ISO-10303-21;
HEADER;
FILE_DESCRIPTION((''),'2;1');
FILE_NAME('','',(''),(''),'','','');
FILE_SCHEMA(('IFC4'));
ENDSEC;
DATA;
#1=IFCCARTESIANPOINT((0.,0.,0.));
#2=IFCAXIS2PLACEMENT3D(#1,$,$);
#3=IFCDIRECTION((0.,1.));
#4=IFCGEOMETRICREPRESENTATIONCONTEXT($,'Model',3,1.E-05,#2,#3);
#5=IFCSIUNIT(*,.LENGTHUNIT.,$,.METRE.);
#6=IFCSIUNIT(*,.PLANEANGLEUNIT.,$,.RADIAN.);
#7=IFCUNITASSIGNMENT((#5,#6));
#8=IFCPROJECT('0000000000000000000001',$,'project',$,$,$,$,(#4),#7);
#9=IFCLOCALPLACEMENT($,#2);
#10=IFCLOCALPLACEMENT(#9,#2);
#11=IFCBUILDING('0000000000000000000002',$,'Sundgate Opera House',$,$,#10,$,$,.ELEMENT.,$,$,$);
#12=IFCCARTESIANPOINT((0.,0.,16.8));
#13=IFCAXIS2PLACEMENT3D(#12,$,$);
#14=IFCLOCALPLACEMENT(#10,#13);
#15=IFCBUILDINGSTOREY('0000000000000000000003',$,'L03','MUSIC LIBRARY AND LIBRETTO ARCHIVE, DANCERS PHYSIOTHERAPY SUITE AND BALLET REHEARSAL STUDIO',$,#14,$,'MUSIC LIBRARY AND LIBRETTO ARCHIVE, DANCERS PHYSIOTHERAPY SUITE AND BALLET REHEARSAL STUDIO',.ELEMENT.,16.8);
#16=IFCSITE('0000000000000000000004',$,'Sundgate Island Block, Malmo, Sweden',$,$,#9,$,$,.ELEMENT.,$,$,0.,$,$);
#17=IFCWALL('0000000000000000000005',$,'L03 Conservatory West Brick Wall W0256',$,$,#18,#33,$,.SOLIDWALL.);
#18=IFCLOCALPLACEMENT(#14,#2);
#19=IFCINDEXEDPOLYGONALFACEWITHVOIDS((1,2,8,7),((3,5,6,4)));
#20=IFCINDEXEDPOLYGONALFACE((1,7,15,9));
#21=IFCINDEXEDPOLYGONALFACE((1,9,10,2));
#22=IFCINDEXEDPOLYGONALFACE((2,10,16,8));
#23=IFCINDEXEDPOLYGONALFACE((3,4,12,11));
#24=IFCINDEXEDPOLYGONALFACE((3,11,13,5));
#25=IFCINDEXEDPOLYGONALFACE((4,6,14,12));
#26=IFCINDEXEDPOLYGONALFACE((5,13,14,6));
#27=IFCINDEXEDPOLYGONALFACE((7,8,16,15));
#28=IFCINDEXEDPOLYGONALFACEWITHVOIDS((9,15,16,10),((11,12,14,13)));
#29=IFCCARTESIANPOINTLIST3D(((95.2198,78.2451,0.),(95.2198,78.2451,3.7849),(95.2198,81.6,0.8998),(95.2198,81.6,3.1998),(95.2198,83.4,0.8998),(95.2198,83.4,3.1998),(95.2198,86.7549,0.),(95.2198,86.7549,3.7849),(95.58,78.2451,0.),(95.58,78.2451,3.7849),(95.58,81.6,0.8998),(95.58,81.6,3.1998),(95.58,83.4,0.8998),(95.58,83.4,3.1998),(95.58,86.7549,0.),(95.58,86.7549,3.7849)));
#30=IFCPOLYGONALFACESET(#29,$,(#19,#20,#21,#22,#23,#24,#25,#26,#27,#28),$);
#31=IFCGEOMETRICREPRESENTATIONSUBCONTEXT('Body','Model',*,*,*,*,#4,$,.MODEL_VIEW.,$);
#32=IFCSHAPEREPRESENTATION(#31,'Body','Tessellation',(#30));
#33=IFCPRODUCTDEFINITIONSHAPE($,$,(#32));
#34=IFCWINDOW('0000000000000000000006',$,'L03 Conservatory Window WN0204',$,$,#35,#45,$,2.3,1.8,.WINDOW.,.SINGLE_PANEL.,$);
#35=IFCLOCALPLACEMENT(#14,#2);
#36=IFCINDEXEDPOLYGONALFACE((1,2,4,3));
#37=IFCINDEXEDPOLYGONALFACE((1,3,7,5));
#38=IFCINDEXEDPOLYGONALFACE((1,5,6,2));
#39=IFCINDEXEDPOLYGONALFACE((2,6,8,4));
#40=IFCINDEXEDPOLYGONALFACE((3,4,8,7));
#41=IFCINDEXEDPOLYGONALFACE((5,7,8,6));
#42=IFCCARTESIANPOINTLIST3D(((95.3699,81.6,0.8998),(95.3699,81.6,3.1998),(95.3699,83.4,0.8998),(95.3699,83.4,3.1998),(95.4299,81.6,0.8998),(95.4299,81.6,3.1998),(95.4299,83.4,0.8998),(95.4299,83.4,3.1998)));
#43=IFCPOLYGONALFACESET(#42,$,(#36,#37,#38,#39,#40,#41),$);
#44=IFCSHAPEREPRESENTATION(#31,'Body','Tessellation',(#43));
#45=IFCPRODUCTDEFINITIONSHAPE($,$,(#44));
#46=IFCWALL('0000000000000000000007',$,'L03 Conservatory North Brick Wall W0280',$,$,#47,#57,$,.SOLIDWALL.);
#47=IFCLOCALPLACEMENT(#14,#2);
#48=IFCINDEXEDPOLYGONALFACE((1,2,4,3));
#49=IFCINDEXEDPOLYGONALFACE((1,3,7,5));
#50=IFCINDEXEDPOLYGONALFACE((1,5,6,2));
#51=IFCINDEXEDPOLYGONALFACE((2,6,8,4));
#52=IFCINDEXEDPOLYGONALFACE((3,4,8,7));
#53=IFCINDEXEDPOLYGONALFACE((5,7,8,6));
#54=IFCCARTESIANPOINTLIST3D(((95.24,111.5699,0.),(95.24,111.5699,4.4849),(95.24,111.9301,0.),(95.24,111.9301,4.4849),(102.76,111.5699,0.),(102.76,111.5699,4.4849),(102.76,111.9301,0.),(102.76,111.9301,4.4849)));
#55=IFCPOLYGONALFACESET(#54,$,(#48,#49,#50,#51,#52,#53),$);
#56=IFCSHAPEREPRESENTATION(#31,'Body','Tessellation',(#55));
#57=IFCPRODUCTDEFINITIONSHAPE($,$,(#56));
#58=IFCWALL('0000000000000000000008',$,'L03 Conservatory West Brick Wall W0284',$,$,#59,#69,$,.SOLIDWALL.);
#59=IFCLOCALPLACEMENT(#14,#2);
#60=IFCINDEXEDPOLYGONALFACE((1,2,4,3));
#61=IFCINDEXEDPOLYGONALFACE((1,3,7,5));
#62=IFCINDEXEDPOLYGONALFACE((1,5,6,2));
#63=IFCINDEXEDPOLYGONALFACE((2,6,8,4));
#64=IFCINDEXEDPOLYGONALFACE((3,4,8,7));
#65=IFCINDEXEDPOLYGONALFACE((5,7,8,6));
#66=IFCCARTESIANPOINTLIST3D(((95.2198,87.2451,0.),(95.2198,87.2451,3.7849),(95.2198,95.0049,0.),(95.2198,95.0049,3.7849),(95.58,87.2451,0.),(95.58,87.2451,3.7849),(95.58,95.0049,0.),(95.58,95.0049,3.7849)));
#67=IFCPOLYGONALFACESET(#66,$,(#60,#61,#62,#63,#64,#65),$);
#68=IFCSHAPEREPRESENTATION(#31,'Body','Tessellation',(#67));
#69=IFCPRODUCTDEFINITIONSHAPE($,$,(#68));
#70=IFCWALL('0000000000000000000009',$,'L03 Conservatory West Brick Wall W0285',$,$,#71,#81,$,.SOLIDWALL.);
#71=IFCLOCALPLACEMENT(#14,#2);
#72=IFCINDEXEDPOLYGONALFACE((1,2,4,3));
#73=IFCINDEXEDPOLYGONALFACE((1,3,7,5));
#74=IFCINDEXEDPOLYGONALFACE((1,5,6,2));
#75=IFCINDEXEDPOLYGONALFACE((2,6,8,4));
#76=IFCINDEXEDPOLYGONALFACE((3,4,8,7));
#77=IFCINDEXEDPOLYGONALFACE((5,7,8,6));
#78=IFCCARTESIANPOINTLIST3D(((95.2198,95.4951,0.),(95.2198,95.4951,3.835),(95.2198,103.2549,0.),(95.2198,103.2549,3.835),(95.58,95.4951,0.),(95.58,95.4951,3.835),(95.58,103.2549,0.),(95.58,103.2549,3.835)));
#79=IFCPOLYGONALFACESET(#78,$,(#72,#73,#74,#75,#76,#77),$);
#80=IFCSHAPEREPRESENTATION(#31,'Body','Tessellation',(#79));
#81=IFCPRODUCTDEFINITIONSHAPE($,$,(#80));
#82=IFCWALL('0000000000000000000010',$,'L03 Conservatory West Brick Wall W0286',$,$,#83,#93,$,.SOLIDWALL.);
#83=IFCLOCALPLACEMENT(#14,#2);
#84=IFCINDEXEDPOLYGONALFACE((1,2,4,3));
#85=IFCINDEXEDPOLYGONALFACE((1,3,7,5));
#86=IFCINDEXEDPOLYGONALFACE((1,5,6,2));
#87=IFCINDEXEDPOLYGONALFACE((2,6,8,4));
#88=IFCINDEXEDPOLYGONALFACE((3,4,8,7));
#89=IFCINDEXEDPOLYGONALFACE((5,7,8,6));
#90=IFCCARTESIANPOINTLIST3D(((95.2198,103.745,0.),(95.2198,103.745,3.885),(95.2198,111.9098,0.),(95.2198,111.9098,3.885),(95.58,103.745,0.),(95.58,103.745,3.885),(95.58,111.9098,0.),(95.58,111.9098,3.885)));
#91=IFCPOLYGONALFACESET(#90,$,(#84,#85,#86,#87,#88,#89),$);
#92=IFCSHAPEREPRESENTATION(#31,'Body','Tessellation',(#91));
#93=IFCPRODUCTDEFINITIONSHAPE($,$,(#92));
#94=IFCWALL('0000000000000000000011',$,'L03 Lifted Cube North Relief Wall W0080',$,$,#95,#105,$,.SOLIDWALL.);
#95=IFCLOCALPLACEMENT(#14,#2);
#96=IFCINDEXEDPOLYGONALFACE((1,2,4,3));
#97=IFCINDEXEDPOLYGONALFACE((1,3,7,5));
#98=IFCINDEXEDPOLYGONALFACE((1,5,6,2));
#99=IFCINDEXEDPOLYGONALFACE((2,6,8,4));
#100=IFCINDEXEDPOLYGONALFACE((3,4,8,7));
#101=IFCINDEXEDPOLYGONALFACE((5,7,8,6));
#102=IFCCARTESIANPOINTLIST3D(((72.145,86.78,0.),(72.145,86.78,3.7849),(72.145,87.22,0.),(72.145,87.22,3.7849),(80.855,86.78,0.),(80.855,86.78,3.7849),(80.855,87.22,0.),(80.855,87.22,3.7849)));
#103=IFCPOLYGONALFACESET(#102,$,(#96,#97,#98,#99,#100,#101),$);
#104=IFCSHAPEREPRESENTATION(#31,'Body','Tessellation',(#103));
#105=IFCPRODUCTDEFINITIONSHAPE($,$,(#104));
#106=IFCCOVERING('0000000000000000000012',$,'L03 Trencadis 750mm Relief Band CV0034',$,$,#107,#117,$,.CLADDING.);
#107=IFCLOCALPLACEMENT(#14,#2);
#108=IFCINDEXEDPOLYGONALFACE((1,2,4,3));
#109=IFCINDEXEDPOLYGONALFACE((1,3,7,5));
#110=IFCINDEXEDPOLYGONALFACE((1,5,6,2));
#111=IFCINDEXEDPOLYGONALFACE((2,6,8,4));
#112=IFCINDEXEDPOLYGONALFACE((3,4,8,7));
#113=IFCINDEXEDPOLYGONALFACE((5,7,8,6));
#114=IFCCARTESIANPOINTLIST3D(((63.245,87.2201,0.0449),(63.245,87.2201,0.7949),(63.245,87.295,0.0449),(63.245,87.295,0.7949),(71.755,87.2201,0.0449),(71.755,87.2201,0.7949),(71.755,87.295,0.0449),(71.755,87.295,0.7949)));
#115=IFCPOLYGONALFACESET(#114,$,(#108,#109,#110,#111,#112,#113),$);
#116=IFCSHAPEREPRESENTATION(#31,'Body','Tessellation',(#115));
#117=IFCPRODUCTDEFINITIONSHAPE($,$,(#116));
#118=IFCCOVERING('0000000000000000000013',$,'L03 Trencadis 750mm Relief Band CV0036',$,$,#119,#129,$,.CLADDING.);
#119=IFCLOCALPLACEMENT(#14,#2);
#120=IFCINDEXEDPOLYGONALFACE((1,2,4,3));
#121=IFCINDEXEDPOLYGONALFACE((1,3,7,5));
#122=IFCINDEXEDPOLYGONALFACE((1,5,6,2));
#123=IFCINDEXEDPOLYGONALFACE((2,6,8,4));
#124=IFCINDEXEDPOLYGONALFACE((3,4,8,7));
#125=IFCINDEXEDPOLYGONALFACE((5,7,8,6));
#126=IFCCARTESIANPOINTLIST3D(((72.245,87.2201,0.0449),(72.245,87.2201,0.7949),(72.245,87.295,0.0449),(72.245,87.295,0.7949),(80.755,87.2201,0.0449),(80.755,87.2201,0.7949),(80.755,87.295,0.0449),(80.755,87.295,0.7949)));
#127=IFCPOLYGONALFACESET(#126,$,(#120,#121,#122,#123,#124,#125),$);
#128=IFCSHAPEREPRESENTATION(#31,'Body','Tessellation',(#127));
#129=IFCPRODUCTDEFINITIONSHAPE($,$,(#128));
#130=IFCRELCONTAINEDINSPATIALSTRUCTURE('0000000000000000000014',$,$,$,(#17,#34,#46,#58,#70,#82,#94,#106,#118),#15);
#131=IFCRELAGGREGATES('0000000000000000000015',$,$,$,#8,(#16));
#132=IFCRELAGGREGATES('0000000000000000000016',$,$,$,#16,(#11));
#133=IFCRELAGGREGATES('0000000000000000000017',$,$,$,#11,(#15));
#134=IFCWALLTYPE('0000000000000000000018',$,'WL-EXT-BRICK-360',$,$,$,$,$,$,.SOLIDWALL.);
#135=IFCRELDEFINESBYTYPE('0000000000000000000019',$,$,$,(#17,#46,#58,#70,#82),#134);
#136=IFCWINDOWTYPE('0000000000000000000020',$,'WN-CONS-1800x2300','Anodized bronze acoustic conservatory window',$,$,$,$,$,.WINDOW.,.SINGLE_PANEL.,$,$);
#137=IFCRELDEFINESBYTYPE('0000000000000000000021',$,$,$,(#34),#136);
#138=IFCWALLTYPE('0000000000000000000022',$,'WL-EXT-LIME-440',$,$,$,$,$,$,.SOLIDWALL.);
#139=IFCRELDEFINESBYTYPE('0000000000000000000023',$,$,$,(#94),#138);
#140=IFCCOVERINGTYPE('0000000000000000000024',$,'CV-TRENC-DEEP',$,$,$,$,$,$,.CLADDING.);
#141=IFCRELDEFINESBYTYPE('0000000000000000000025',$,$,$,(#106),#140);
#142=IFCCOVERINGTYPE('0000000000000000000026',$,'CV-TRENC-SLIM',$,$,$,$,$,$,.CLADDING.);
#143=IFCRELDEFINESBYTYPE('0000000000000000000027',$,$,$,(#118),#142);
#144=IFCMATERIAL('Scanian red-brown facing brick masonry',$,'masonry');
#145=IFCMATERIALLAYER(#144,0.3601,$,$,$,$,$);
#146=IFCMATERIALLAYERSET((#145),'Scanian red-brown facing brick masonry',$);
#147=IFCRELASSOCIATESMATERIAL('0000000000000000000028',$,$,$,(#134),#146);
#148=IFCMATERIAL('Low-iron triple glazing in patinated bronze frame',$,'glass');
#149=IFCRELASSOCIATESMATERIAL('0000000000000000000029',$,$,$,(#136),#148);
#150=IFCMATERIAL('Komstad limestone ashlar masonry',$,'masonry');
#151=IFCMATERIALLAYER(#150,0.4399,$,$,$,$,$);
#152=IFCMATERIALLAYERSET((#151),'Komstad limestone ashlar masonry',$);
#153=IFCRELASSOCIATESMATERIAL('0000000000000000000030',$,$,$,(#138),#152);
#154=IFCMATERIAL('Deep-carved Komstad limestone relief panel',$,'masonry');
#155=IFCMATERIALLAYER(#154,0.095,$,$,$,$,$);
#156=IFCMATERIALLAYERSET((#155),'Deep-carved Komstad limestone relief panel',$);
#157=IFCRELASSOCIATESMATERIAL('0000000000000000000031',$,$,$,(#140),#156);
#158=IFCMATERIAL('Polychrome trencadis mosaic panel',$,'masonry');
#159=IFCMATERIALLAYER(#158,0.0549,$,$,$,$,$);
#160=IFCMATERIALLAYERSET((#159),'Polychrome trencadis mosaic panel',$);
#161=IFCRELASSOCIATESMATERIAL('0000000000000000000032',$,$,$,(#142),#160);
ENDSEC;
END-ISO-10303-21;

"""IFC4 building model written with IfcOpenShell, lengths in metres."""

from ifc_helpers import new_model, si_unit, direction, frame, frame_2d, origin, origin_2d, place, context, subcontext, project, spatial, rectangle, extrude, material, layer, layer_set, type_object, element, fill, save


model = new_model("IFC4")

# Units and contexts
model_context = context("Model", 3, precision=1e-05, world=origin(), true_north=direction((0.0, 1.0)))
body_context = subcontext(model_context, "Body", "Model", "MODEL_VIEW")
ifc_project = project(units=[si_unit("LENGTHUNIT", "METRE"), si_unit("PLANEANGLEUNIT", "RADIAN")], contexts=[model_context])

# Site, building, storey
site_placement = place(None, origin())
site = spatial("IfcSite", under=ifc_project, at=site_placement, Name="Sundgate Island Block, Malmo, Sweden", CompositionType="ELEMENT", RefElevation=0.0)
building_placement = place(site_placement, origin())
building = spatial("IfcBuilding", under=site, at=building_placement, Name="Sundgate Opera House", CompositionType="ELEMENT")
storey_placement = place(building_placement, frame((0.0, 0.0, 16.8)))
storey = spatial("IfcBuildingStorey", under=building, at=storey_placement, Name="L03", Description="MUSIC LIBRARY AND LIBRETTO ARCHIVE, DANCERS PHYSIOTHERAPY SUITE AND BALLET REHEARSAL STUDIO", LongName="MUSIC LIBRARY AND LIBRETTO ARCHIVE, DANCERS PHYSIOTHERAPY SUITE AND BALLET REHEARSAL STUDIO", CompositionType="ELEMENT", Elevation=16.8)

# Wall, opening, window
ifc_material_1 = material(Name="Scanian red-brown facing brick masonry", Category="masonry")
ifc_layer_1 = layer(ifc_material_1, 0.3601)
ifc_layer_set_1 = layer_set([ifc_layer_1], Name="Scanian red-brown facing brick masonry")
wall_type_1 = type_object("IfcWallType", Name="WL-EXT-BRICK-360", PredefinedType="SOLIDWALL", material=ifc_layer_set_1)
wall_1_placement = place(storey_placement, frame((95.3999, 86.7549, 0.0), z_axis=(0.0, 0.0, 1.0), x_axis=(0.0, -1.0, 0.0)))
wall_1 = element("IfcWall", 1, at=wall_1_placement, inside=storey, type_object=wall_type_1, Name="L03 Conservatory West Brick Wall W0256", PredefinedType="SOLIDWALL", context=body_context, shape_type="SweptSolid", body=[
    extrude(rectangle(XDim=8.5098, YDim=0.3601, at=frame_2d((4.2549, 0.0))), origin(), (0.0, 0.0, 1.0), 3.7849),
])
opening_placement = place(wall_1_placement, frame((3.355, 0.0, 0.8999)))
opening = element("IfcOpeningElement", 2, at=opening_placement, cuts=wall_1, PredefinedType="OPENING", context=body_context, shape_type="SweptSolid", body=[
    extrude(rectangle(XDim=1.8, YDim=2.3, at=frame_2d((0.8999, 1.1499))), frame((0.0, 0.1899, 0.0), z_axis=(0.0, -1.0, 0.0), x_axis=(1.0, 0.0, 0.0)), (0.0, 0.0, 1.0), 0.3801),
])
ifc_material_2 = material(Name="Low-iron triple glazing in patinated bronze frame", Category="glass")
window_type = type_object("IfcWindowType", Name="WN-CONS-1800x2300", Description="Anodized bronze acoustic conservatory window", PartitioningType="SINGLE_PANEL", PredefinedType="WINDOW", material=ifc_material_2)
window_placement = place(opening_placement, origin())
window = element("IfcWindow", 3, at=window_placement, inside=storey, type_object=window_type, Name="L03 Conservatory Window WN0204", OverallHeight=2.3, OverallWidth=1.8, PartitioningType="SINGLE_PANEL", PredefinedType="WINDOW", context=body_context, shape_type="SweptSolid", body=[
    extrude(rectangle(XDim=1.8, YDim=2.3, at=frame_2d((0.8999, 1.1499))), frame((0.0, 0.03, 0.0), z_axis=(0.0, -1.0, 0.0), x_axis=(1.0, 0.0, 0.0)), (0.0, 0.0, 1.0), 0.0601),
])
fill(opening, window)

# Walls
wall_2_placement = place(storey_placement, frame((95.24, 111.75, 0.0), z_axis=(0.0, 0.0, 1.0), x_axis=(1.0, 0.0, 0.0)))
element("IfcWall", 4, at=wall_2_placement, inside=storey, type_object=wall_type_1, Name="L03 Conservatory North Brick Wall W0280", PredefinedType="SOLIDWALL", context=body_context, shape_type="SweptSolid", body=[
    extrude(rectangle(XDim=7.52, YDim=0.3601, at=frame_2d((3.76, 0.0))), origin(), (0.0, 0.0, 1.0), 4.4849),
])
wall_3_placement = place(storey_placement, frame((95.3999, 95.0049, 0.0), z_axis=(0.0, 0.0, 1.0), x_axis=(0.0, -1.0, 0.0)))
element("IfcWall", 5, at=wall_3_placement, inside=storey, type_object=wall_type_1, Name="L03 Conservatory West Brick Wall W0284", PredefinedType="SOLIDWALL", context=body_context, shape_type="SweptSolid", body=[
    extrude(rectangle(XDim=7.7598, YDim=0.3601, at=frame_2d((3.8799, 0.0))), origin(), (0.0, 0.0, 1.0), 3.7849),
])
wall_4_placement = place(storey_placement, frame((95.3999, 103.2549, 0.0), z_axis=(0.0, 0.0, 1.0), x_axis=(0.0, -1.0, 0.0)))
element("IfcWall", 6, at=wall_4_placement, inside=storey, type_object=wall_type_1, Name="L03 Conservatory West Brick Wall W0285", PredefinedType="SOLIDWALL", context=body_context, shape_type="SweptSolid", body=[
    extrude(rectangle(XDim=7.7598, YDim=0.3601, at=frame_2d((3.8799, 0.0))), origin(), (0.0, 0.0, 1.0), 3.835),
])
wall_5_placement = place(storey_placement, frame((95.3999, 111.9099, 0.0), z_axis=(0.0, 0.0, 1.0), x_axis=(0.0, -1.0, 0.0)))
element("IfcWall", 7, at=wall_5_placement, inside=storey, type_object=wall_type_1, Name="L03 Conservatory West Brick Wall W0286", PredefinedType="SOLIDWALL", context=body_context, shape_type="SweptSolid", body=[
    extrude(rectangle(XDim=8.1648, YDim=0.3601, at=frame_2d((4.0825, 0.0))), origin(), (0.0, 0.0, 1.0), 3.885),
])
ifc_material_3 = material(Name="Komstad limestone ashlar masonry", Category="masonry")
ifc_layer_2 = layer(ifc_material_3, 0.4399)
ifc_layer_set_2 = layer_set([ifc_layer_2], Name="Komstad limestone ashlar masonry")
wall_type_2 = type_object("IfcWallType", Name="WL-EXT-LIME-440", PredefinedType="SOLIDWALL", material=ifc_layer_set_2)
wall_6_placement = place(storey_placement, frame((72.145, 87.0, 0.0), z_axis=(0.0, 0.0, 1.0), x_axis=(1.0, 0.0, 0.0)))
element("IfcWall", 8, at=wall_6_placement, inside=storey, type_object=wall_type_2, Name="L03 Lifted Cube North Relief Wall W0080", PredefinedType="SOLIDWALL", context=body_context, shape_type="SweptSolid", body=[
    extrude(rectangle(XDim=8.71, YDim=0.4399, at=frame_2d((4.355, 0.0))), origin(), (0.0, 0.0, 1.0), 3.7849),
])

# Coverings
ifc_material_4 = material(Name="Deep-carved Komstad limestone relief panel", Category="masonry")
ifc_layer_3 = layer(ifc_material_4, 0.095)
ifc_layer_set_3 = layer_set([ifc_layer_3], Name="Deep-carved Komstad limestone relief panel")
covering_type_1 = type_object("IfcCoveringType", Name="CV-TRENC-DEEP", PredefinedType="CLADDING", material=ifc_layer_set_3)
covering_1_placement = place(storey_placement, frame((67.5, 87.2576, 0.0449), z_axis=(0.0, 0.0, 1.0), x_axis=(1.0, 0.0, 0.0)))
element("IfcCovering", 9, at=covering_1_placement, inside=storey, type_object=covering_type_1, Name="L03 Trencadis 750mm Relief Band CV0034", PredefinedType="CLADDING", context=body_context, shape_type="SweptSolid", body=[
    extrude(rectangle(XDim=8.51, YDim=0.075, at=origin_2d()), origin(), (0.0, 0.0, 1.0), 0.75),
])
ifc_material_5 = material(Name="Polychrome trencadis mosaic panel", Category="masonry")
ifc_layer_4 = layer(ifc_material_5, 0.0549)
ifc_layer_set_4 = layer_set([ifc_layer_4], Name="Polychrome trencadis mosaic panel")
covering_type_2 = type_object("IfcCoveringType", Name="CV-TRENC-SLIM", PredefinedType="CLADDING", material=ifc_layer_set_4)
covering_2_placement = place(storey_placement, frame((76.5, 87.2576, 0.0449), z_axis=(0.0, 0.0, 1.0), x_axis=(1.0, 0.0, 0.0)))
element("IfcCovering", 10, at=covering_2_placement, inside=storey, type_object=covering_type_2, Name="L03 Trencadis 750mm Relief Band CV0036", PredefinedType="CLADDING", context=body_context, shape_type="SweptSolid", body=[
    extrude(rectangle(XDim=8.51, YDim=0.075, at=origin_2d()), origin(), (0.0, 0.0, 1.0), 0.75),
])

save(model, "model.ifc")
